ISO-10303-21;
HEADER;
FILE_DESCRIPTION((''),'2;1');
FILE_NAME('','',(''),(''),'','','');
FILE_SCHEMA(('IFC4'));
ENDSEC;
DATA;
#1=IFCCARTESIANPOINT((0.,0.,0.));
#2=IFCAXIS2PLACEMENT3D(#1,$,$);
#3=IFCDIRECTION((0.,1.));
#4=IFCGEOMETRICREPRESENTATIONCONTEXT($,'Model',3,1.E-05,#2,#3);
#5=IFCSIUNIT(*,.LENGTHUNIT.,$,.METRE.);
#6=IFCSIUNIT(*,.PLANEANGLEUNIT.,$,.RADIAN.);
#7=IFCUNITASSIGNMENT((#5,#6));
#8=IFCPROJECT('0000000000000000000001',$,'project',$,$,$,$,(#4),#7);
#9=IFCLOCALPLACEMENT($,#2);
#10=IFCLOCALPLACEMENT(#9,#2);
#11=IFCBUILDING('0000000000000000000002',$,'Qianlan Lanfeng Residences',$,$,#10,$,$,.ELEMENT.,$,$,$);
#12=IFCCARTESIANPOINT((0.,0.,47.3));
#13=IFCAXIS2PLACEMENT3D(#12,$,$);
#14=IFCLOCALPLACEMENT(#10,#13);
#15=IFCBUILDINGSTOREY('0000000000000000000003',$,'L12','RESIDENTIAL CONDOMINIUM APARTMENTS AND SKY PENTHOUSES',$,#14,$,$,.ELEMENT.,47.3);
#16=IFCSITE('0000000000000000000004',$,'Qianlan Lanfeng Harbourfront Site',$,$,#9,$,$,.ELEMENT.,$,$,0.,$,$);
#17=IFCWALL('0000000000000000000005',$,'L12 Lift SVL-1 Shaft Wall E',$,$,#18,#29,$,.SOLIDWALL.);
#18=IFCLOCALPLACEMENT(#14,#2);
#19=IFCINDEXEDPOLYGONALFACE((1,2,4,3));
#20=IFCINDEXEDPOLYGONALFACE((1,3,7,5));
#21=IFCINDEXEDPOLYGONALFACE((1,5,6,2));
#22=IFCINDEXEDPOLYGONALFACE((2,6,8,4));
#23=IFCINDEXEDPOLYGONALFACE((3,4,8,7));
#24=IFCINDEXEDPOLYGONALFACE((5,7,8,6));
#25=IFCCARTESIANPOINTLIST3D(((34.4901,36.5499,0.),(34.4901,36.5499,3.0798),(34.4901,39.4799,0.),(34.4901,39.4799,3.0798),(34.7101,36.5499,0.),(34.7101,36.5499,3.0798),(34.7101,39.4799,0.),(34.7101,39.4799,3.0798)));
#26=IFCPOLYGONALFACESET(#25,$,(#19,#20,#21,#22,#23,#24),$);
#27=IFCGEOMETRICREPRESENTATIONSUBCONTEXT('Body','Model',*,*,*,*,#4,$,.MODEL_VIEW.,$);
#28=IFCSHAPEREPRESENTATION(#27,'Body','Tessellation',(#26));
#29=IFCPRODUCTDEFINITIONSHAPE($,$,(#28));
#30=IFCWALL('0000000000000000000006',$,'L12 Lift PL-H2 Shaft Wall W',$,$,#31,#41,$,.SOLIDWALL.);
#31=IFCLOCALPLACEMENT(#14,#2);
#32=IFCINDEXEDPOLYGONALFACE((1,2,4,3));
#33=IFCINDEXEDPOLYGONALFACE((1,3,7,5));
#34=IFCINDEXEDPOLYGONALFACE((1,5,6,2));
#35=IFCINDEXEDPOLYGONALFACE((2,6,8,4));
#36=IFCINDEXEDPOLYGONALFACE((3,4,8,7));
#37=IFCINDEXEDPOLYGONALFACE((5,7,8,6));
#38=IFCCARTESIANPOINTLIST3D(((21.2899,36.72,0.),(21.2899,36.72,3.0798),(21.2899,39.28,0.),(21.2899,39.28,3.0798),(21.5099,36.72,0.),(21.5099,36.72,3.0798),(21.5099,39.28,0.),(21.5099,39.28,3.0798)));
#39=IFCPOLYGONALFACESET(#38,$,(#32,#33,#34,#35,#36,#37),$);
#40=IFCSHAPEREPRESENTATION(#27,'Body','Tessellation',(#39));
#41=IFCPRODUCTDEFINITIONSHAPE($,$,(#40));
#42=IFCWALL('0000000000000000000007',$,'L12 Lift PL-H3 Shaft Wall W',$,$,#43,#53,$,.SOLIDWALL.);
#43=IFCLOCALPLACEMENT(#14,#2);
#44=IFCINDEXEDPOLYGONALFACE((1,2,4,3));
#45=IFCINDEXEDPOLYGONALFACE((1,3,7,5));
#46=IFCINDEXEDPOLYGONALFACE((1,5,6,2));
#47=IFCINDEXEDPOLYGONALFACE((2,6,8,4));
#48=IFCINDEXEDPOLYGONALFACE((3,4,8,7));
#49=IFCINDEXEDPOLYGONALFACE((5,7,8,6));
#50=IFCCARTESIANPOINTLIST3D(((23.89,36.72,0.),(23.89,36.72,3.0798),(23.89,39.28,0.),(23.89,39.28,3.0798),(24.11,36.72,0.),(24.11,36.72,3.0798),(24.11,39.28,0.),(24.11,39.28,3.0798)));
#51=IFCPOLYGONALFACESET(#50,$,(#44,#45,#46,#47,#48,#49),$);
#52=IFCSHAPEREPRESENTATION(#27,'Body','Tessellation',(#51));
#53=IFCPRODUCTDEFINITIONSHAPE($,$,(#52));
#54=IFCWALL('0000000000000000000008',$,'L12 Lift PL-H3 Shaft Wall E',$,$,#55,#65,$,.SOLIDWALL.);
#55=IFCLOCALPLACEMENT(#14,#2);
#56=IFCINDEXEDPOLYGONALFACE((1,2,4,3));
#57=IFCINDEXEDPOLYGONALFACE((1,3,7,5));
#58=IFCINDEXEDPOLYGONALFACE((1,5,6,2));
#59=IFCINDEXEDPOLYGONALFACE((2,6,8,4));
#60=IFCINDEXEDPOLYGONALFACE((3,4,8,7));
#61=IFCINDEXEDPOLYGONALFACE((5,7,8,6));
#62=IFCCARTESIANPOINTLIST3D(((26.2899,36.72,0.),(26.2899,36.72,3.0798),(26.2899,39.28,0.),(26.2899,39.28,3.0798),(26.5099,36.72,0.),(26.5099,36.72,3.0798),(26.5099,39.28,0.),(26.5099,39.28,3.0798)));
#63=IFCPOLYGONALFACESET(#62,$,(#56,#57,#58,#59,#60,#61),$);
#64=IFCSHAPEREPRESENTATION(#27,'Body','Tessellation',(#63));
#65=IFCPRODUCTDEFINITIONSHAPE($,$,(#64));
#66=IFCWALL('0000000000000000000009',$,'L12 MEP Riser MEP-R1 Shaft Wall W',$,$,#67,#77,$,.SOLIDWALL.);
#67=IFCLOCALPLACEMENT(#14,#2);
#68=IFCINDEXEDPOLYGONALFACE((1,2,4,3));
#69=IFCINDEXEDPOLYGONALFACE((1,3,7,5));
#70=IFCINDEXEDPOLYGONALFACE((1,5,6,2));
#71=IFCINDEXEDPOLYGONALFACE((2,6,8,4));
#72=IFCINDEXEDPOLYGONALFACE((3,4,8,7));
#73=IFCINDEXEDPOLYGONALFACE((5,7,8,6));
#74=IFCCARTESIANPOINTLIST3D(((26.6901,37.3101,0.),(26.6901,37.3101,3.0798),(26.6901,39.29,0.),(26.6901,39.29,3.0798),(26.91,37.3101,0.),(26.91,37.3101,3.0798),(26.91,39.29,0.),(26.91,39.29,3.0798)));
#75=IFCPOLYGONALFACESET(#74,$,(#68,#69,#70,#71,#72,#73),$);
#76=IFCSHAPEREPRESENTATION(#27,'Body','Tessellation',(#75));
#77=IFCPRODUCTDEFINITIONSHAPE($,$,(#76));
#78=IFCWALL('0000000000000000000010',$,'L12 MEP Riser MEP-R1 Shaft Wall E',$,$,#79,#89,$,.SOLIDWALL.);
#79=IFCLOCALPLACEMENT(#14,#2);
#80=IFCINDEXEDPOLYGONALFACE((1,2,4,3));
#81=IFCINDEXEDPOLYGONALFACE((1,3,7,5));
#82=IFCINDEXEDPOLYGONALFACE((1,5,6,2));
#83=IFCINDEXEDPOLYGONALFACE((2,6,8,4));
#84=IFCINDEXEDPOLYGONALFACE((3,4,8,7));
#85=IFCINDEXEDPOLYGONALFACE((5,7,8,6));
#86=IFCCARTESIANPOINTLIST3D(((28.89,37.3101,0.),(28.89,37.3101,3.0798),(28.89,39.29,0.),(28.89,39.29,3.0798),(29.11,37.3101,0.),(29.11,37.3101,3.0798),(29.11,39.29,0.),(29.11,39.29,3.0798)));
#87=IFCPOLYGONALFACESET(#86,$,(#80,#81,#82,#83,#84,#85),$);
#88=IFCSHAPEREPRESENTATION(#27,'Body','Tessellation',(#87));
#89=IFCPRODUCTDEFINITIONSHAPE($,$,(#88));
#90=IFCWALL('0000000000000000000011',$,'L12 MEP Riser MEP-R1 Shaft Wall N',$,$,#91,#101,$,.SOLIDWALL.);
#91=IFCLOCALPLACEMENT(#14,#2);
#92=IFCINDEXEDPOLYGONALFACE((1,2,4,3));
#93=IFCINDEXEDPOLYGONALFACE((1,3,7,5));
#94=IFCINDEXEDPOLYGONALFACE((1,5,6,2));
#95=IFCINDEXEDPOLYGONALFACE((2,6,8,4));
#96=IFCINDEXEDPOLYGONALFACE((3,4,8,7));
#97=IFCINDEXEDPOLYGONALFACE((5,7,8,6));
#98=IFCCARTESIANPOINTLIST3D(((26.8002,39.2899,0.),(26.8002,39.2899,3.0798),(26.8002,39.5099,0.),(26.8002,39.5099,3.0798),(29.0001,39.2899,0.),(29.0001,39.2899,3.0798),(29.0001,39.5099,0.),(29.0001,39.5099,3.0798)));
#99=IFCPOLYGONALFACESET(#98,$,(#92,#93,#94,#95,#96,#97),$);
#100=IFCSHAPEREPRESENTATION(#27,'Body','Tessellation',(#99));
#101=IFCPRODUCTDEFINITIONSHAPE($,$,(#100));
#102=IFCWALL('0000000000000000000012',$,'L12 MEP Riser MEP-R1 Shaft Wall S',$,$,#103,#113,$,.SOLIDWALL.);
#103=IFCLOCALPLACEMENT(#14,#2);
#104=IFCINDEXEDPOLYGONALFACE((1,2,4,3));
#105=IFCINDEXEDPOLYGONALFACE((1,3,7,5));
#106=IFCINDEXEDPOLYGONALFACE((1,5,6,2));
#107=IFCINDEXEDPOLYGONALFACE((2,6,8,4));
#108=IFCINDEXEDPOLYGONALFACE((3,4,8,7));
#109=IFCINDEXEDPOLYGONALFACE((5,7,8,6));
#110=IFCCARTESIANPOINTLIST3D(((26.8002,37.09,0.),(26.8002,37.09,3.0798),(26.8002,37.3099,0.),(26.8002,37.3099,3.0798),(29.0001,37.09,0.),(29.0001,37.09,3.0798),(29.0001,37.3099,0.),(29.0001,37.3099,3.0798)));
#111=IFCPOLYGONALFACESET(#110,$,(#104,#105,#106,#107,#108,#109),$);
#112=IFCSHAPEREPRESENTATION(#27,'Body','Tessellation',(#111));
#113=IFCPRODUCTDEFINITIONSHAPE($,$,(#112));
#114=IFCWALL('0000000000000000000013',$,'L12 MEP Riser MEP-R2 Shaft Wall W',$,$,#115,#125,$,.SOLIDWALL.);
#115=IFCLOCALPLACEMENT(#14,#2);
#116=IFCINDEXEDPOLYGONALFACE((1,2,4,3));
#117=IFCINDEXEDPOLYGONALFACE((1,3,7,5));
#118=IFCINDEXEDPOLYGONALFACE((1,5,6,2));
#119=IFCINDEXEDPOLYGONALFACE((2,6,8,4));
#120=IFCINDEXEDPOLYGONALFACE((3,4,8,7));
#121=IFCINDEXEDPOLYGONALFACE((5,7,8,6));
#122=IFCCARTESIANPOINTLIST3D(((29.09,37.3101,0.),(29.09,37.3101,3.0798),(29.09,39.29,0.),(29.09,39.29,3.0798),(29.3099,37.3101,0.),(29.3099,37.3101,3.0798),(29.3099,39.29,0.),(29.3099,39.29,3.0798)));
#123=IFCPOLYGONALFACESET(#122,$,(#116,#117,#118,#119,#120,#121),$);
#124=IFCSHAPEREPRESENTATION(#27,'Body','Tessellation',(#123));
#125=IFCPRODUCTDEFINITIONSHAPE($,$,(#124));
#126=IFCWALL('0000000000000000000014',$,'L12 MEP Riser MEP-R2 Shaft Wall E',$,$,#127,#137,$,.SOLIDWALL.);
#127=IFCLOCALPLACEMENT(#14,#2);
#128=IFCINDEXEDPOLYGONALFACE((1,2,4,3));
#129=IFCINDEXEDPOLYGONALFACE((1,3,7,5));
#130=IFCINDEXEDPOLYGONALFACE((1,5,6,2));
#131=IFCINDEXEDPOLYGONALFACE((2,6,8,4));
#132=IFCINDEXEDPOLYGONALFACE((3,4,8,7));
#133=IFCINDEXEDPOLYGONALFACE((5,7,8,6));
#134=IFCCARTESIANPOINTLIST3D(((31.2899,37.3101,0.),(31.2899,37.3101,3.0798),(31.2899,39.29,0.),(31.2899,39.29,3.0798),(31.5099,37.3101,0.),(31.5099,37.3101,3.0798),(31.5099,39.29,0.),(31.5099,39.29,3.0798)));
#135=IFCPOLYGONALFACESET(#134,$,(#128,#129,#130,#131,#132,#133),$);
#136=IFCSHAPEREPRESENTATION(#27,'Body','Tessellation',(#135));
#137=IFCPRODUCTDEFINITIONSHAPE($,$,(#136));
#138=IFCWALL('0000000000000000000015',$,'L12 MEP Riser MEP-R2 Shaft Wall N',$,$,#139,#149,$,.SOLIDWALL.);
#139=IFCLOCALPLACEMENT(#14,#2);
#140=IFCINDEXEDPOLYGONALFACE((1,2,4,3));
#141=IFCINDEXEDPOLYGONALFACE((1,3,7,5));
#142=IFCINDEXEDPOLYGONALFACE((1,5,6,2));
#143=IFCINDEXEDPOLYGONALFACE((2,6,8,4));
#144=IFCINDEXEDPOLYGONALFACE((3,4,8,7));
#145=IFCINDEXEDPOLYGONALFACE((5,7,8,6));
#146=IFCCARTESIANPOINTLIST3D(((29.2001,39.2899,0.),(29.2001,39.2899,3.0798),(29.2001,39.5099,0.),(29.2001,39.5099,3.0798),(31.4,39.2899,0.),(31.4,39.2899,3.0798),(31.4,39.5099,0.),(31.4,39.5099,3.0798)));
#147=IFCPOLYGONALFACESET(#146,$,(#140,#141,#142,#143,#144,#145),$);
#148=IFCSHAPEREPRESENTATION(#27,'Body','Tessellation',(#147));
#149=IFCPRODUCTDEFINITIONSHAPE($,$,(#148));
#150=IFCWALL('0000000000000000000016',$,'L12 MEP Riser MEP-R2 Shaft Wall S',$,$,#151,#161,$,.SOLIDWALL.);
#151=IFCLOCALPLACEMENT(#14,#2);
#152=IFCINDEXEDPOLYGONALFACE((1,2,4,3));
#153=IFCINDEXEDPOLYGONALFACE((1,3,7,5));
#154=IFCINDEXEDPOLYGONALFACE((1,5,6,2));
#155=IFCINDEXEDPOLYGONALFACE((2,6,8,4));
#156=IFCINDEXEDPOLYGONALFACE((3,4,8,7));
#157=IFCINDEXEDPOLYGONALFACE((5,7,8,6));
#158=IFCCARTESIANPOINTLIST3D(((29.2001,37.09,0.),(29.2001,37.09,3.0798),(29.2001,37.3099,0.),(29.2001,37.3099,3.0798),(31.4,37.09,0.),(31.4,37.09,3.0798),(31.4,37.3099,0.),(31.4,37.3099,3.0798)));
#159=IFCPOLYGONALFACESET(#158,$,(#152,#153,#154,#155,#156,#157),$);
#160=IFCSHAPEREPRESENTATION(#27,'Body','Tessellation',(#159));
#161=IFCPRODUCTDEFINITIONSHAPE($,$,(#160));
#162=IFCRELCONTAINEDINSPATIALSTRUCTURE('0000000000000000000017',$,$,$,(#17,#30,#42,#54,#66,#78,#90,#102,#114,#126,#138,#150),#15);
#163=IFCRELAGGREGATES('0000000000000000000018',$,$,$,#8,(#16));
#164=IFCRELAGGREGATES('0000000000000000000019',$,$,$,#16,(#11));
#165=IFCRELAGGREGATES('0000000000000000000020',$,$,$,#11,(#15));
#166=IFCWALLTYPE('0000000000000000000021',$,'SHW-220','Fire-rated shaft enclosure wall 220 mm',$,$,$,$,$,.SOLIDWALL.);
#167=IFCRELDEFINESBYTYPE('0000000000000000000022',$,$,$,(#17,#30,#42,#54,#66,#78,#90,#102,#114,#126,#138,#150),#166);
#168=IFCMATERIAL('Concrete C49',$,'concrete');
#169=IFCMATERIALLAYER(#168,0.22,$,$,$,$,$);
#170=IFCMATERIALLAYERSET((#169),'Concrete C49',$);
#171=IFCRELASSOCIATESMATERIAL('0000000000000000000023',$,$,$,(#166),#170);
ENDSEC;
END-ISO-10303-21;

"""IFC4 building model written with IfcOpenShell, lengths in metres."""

from ifc_helpers import new_model, si_unit, direction, frame, frame_2d, origin, place, context, subcontext, project, spatial, rectangle, extrude, material, layer, layer_set, type_object, element, save


model = new_model("IFC4")

# Units and contexts
model_context = context("Model", 3, precision=1e-05, world=origin(), true_north=direction((0.0, 1.0)))
body_context = subcontext(model_context, "Body", "Model", "MODEL_VIEW")
ifc_project = project(units=[si_unit("LENGTHUNIT", "METRE"), si_unit("PLANEANGLEUNIT", "RADIAN")], contexts=[model_context])

# Site, building, storey
site_placement = place(None, origin())
site = spatial("IfcSite", under=ifc_project, at=site_placement, Name="Qianlan Lanfeng Harbourfront Site", CompositionType="ELEMENT", RefElevation=0.0)
building_placement = place(site_placement, origin())
building = spatial("IfcBuilding", under=site, at=building_placement, Name="Qianlan Lanfeng Residences", CompositionType="ELEMENT")
storey_placement = place(building_placement, frame((0.0, 0.0, 47.3)))
storey = spatial("IfcBuildingStorey", under=building, at=storey_placement, Name="L12", Description="RESIDENTIAL CONDOMINIUM APARTMENTS AND SKY PENTHOUSES", CompositionType="ELEMENT", Elevation=47.3)

# Walls
ifc_material_1 = material(Name="Concrete C49", Category="concrete")
ifc_layer_1 = layer(ifc_material_1, 0.22)
ifc_layer_set_1 = layer_set([ifc_layer_1], Name="Concrete C49")
wall_type_1 = type_object("IfcWallType", Name="SHW-220", Description="Fire-rated shaft enclosure wall 220 mm", PredefinedType="SOLIDWALL", material=ifc_layer_set_1)
for number, where, z_axis, x_axis, name in (
    (1, (34.6001, 36.55, 0.0), (0.0, 0.0, 1.0), (0.0, 1.0, 0.0), "L12 Lift SVL-1 Shaft Wall E"),
):
    element("IfcWall", number, at=place(storey_placement, frame(where, z_axis=z_axis, x_axis=x_axis)), inside=storey, type_object=wall_type_1, Name=name, PredefinedType="SOLIDWALL", context=body_context, shape_type="SweptSolid", body=[
        extrude(rectangle(XDim=2.9299, YDim=0.22, at=frame_2d((1.4648, 0.0))), origin(), (0.0, 0.0, 1.0), 3.0798),
    ])
for number, where, z_axis, x_axis, name in (
    (2, (21.3999, 36.72, 0.0), (0.0, 0.0, 1.0), (0.0, 1.0, 0.0), "L12 Lift PL-H2 Shaft Wall W"),
    (3, (24.0, 36.72, 0.0), (0.0, 0.0, 1.0), (0.0, 1.0, 0.0), "L12 Lift PL-H3 Shaft Wall W"),
    (4, (26.3999, 36.72, 0.0), (0.0, 0.0, 1.0), (0.0, 1.0, 0.0), "L12 Lift PL-H3 Shaft Wall E"),
):
    element("IfcWall", number, at=place(storey_placement, frame(where, z_axis=z_axis, x_axis=x_axis)), inside=storey, type_object=wall_type_1, Name=name, PredefinedType="SOLIDWALL", context=body_context, shape_type="SweptSolid", body=[
        extrude(rectangle(XDim=2.5601, YDim=0.22, at=frame_2d((1.28, 0.0))), origin(), (0.0, 0.0, 1.0), 3.0798),
    ])
for number, where, z_axis, x_axis, name in (
    (5, (26.8, 37.3101, 0.0), (0.0, 0.0, 1.0), (0.0, 1.0, 0.0), "L12 MEP Riser MEP-R1 Shaft Wall W"),
    (6, (29.0, 37.3101, 0.0), (0.0, 0.0, 1.0), (0.0, 1.0, 0.0), "L12 MEP Riser MEP-R1 Shaft Wall E"),
):
    element("IfcWall", number, at=place(storey_placement, frame(where, z_axis=z_axis, x_axis=x_axis)), inside=storey, type_object=wall_type_1, Name=name, PredefinedType="SOLIDWALL", context=body_context, shape_type="SweptSolid", body=[
        extrude(rectangle(XDim=1.98, YDim=0.22, at=frame_2d((0.99, 0.0))), origin(), (0.0, 0.0, 1.0), 3.0798),
    ])
for number, where, z_axis, x_axis, name in (
    (7, (26.8, 39.3999, 0.0), (0.0, 0.0, 1.0), (1.0, 0.0, 0.0), "L12 MEP Riser MEP-R1 Shaft Wall N"),
    (8, (26.8, 37.2, 0.0), (0.0, 0.0, 1.0), (1.0, 0.0, 0.0), "L12 MEP Riser MEP-R1 Shaft Wall S"),
):
    element("IfcWall", number, at=place(storey_placement, frame(where, z_axis=z_axis, x_axis=x_axis)), inside=storey, type_object=wall_type_1, Name=name, PredefinedType="SOLIDWALL", context=body_context, shape_type="SweptSolid", body=[
        extrude(rectangle(XDim=2.2, YDim=0.22, at=frame_2d((1.1001, 0.0))), origin(), (0.0, 0.0, 1.0), 3.0798),
    ])
for number, where, z_axis, x_axis, name in (
    (9, (29.2, 37.3101, 0.0), (0.0, 0.0, 1.0), (0.0, 1.0, 0.0), "L12 MEP Riser MEP-R2 Shaft Wall W"),
    (10, (31.3999, 37.3101, 0.0), (0.0, 0.0, 1.0), (0.0, 1.0, 0.0), "L12 MEP Riser MEP-R2 Shaft Wall E"),
):
    element("IfcWall", number, at=place(storey_placement, frame(where, z_axis=z_axis, x_axis=x_axis)), inside=storey, type_object=wall_type_1, Name=name, PredefinedType="SOLIDWALL", context=body_context, shape_type="SweptSolid", body=[
        extrude(rectangle(XDim=1.98, YDim=0.22, at=frame_2d((0.99, 0.0))), origin(), (0.0, 0.0, 1.0), 3.0798),
    ])
for number, where, z_axis, x_axis, name in (
    (11, (29.2, 39.3999, 0.0), (0.0, 0.0, 1.0), (1.0, 0.0, 0.0), "L12 MEP Riser MEP-R2 Shaft Wall N"),
    (12, (29.2, 37.2, 0.0), (0.0, 0.0, 1.0), (1.0, 0.0, 0.0), "L12 MEP Riser MEP-R2 Shaft Wall S"),
):
    element("IfcWall", number, at=place(storey_placement, frame(where, z_axis=z_axis, x_axis=x_axis)), inside=storey, type_object=wall_type_1, Name=name, PredefinedType="SOLIDWALL", context=body_context, shape_type="SweptSolid", body=[
        extrude(rectangle(XDim=2.2, YDim=0.22, at=frame_2d((1.1001, 0.0))), origin(), (0.0, 0.0, 1.0), 3.0798),
    ])

save(model, "model.ifc")
